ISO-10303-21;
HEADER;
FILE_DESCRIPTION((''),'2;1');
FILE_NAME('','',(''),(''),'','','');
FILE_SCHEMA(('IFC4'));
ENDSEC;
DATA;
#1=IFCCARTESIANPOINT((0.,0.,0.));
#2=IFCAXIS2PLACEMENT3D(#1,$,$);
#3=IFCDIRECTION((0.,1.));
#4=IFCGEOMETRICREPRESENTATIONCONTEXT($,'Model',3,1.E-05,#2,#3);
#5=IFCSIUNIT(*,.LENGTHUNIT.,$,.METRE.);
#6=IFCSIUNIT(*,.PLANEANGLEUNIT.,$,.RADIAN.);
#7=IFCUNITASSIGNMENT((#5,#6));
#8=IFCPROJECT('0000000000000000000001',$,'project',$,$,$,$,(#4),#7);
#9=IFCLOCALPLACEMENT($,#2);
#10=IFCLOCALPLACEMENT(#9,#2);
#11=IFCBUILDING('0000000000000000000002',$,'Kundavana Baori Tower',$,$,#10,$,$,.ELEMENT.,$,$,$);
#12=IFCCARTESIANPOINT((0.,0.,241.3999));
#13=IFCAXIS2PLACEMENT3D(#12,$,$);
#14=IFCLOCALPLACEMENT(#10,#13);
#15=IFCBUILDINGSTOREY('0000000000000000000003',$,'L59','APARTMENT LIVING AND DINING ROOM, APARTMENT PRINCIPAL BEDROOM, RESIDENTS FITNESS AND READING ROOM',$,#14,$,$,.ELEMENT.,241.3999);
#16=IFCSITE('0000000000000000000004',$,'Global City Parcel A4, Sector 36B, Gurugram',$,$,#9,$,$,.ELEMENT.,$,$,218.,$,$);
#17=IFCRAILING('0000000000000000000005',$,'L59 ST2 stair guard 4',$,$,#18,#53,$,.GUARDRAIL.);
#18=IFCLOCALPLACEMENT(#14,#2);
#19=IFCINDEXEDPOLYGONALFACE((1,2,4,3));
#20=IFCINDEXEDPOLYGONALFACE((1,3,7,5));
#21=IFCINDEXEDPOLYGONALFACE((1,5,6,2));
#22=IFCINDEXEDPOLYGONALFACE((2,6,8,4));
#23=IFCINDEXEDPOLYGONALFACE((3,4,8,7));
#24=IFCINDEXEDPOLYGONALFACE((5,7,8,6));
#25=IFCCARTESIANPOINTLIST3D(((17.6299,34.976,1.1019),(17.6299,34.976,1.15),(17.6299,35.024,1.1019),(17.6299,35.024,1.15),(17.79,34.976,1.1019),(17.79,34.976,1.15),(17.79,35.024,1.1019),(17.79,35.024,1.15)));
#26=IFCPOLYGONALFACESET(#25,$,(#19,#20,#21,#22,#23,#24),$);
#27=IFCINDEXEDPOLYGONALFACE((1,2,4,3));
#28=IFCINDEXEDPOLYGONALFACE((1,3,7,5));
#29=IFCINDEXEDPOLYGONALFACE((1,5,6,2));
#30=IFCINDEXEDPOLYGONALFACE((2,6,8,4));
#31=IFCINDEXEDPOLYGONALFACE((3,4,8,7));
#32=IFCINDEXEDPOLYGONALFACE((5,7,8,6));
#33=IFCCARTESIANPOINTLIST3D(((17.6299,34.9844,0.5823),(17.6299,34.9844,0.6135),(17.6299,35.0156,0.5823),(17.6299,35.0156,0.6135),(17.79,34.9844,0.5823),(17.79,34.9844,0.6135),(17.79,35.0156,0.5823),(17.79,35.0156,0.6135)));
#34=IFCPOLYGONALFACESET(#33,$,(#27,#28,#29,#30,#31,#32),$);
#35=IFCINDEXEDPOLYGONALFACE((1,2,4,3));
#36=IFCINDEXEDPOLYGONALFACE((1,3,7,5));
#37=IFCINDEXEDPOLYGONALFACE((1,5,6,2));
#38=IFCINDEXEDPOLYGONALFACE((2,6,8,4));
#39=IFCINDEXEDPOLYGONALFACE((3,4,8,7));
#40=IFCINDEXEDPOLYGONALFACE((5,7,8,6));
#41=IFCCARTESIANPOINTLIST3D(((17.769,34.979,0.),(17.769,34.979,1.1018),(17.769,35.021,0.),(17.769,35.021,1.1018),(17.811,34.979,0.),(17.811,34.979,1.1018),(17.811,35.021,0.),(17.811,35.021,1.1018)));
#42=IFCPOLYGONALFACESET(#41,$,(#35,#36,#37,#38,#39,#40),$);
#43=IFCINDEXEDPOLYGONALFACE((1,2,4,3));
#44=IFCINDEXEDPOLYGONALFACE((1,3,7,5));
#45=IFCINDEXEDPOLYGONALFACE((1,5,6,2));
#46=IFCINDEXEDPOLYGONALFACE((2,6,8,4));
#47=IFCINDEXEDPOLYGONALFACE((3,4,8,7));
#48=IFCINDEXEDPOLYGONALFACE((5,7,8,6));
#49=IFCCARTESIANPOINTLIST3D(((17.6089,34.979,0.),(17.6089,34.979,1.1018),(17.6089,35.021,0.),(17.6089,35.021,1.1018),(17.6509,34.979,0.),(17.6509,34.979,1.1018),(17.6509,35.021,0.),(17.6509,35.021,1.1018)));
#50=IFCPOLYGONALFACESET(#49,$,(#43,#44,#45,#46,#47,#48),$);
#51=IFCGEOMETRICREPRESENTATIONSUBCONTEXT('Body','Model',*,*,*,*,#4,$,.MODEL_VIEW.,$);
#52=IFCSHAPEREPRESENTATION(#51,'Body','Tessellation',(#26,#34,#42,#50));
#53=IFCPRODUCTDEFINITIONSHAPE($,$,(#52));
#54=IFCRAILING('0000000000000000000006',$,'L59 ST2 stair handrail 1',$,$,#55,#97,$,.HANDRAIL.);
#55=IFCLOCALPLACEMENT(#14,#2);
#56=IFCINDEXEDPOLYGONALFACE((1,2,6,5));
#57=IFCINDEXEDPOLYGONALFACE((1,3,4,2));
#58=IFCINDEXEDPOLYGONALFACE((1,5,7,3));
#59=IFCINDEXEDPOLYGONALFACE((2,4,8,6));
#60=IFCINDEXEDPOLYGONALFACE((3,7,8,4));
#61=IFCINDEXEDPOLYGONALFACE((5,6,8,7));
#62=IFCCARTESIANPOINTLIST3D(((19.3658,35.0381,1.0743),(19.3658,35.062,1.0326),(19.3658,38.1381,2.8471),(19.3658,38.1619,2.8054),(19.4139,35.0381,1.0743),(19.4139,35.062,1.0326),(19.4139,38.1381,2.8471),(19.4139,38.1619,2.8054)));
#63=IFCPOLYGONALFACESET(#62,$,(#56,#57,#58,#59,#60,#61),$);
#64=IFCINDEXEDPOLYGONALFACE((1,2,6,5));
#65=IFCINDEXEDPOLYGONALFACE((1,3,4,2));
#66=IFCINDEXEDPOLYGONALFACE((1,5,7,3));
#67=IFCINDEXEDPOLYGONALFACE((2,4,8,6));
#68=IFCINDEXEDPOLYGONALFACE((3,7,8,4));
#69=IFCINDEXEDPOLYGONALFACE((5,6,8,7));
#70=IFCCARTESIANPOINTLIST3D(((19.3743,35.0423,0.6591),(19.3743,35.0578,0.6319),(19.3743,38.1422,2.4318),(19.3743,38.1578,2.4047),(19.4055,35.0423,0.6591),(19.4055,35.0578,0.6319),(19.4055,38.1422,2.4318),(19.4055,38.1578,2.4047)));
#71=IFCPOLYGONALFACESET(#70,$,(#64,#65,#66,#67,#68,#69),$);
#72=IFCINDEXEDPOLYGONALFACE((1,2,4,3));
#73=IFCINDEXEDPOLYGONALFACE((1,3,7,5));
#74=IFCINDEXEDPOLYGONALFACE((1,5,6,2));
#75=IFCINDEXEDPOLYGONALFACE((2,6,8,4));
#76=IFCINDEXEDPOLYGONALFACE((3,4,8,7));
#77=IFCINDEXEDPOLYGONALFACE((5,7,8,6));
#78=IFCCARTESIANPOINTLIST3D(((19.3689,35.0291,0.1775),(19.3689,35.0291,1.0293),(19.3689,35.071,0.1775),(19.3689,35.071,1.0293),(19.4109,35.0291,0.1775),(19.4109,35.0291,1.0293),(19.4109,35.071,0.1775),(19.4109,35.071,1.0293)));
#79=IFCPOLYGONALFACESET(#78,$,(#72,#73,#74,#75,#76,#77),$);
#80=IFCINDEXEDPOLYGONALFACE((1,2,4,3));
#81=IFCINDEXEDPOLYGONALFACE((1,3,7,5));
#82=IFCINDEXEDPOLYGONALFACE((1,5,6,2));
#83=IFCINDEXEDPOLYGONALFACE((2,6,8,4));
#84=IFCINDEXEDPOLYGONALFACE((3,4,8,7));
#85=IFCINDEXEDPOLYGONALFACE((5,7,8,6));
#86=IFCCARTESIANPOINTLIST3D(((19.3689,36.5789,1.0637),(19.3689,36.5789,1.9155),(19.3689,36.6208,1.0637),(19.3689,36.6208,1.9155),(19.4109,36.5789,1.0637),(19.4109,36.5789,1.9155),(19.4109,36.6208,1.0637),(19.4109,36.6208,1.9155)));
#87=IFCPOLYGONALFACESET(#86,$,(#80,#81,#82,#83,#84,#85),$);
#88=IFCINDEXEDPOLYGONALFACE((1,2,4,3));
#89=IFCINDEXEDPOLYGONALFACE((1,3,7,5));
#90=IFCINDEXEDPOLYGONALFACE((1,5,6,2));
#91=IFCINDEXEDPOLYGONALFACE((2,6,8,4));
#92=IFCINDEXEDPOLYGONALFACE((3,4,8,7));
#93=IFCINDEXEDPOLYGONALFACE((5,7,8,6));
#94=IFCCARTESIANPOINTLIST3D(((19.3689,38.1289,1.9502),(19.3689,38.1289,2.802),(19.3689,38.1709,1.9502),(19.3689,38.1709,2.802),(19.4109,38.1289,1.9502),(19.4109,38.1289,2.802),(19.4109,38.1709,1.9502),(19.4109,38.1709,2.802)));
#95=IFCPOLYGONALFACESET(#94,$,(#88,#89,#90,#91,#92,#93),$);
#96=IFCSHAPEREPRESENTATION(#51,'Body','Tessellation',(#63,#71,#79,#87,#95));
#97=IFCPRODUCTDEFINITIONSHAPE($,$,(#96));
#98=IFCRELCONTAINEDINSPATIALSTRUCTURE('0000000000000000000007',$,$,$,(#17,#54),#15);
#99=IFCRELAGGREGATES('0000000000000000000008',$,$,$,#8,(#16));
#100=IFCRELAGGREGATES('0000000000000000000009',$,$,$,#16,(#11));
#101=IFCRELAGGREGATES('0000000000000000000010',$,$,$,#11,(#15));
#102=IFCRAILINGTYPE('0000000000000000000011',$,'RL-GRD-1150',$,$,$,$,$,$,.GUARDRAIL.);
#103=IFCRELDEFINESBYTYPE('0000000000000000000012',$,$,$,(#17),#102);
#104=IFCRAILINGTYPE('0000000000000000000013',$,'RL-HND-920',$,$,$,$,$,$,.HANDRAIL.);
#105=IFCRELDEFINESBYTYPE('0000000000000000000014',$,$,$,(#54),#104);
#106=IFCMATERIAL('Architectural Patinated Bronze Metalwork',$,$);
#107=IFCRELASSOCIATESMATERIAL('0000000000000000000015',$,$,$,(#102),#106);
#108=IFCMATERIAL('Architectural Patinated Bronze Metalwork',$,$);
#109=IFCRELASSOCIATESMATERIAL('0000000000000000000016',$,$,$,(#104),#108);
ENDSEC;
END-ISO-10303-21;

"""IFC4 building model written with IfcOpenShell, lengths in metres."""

from ifc_helpers import new_model, si_unit, direction, frame, origin, origin_2d, place, context, subcontext, project, spatial, rectangle, extrude, material, type_object, element, save


model = new_model("IFC4")

# Units and contexts
model_context = context("Model", 3, precision=1e-05, world=origin(), true_north=direction((0.0, 1.0)))
body_context = subcontext(model_context, "Body", "Model", "MODEL_VIEW")
ifc_project = project(units=[si_unit("LENGTHUNIT", "METRE"), si_unit("PLANEANGLEUNIT", "RADIAN")], contexts=[model_context])

# Site, building, storey
site_placement = place(None, origin())
site = spatial("IfcSite", under=ifc_project, at=site_placement, Name="Global City Parcel A4, Sector 36B, Gurugram", CompositionType="ELEMENT", RefElevation=218.0)
building_placement = place(site_placement, origin())
building = spatial("IfcBuilding", under=site, at=building_placement, Name="Kundavana Baori Tower", CompositionType="ELEMENT")
storey_placement = place(building_placement, frame((0.0, 0.0, 241.3999)))
storey = spatial("IfcBuildingStorey", under=building, at=storey_placement, Name="L59", Description="APARTMENT LIVING AND DINING ROOM, APARTMENT PRINCIPAL BEDROOM, RESIDENTS FITNESS AND READING ROOM", CompositionType="ELEMENT", Elevation=241.3999)

# Railings
ifc_material_1 = material(Name="Architectural Patinated Bronze Metalwork")
railing_type_1 = type_object("IfcRailingType", Name="RL-GRD-1150", PredefinedType="GUARDRAIL", material=ifc_material_1)
railing_1_placement = place(storey_placement, frame((17.79, 35.0, 0.0)))
element("IfcRailing", 1, at=railing_1_placement, inside=storey, type_object=railing_type_1, Name="L59 ST2 stair guard 4", PredefinedType="GUARDRAIL", context=body_context, shape_type="SweptSolid", body=[
    extrude(rectangle(XDim=0.0481, YDim=0.0481, at=origin_2d()), frame((0.0, 0.0, 1.126), z_axis=(-1.0, 0.0, 0.0), x_axis=(0.0, -1.0, 0.0)), (0.0, 0.0, 1.0), 0.1602),
    extrude(rectangle(XDim=0.0312, YDim=0.0312, at=origin_2d()), frame((0.0, 0.0, 0.5979), z_axis=(-1.0, 0.0, 0.0), x_axis=(0.0, -1.0, 0.0)), (0.0, 0.0, 1.0), 0.1602),
    extrude(rectangle(XDim=0.042, YDim=0.042, at=origin_2d()), origin(), (0.0, 0.0, 1.0), 1.1018),
    extrude(rectangle(XDim=0.042, YDim=0.042, at=origin_2d()), frame((-0.1602, 0.0, 0.0)), (0.0, 0.0, 1.0), 1.1018),
])
ifc_material_2 = material(Name="Architectural Patinated Bronze Metalwork")
railing_type_2 = type_object("IfcRailingType", Name="RL-HND-920", PredefinedType="HANDRAIL", material=ifc_material_2)
railing_2_placement = place(storey_placement, frame((19.3899, 35.05, 0.1775)))
element("IfcRailing", 2, at=railing_2_placement, inside=storey, type_object=railing_type_2, Name="L59 ST2 stair handrail 1", PredefinedType="HANDRAIL", context=body_context, shape_type="SweptSolid", body=[
    extrude(rectangle(XDim=0.0481, YDim=0.0481, at=origin_2d()), frame((0.0, 0.0, 0.876), z_axis=(0.0, 0.868079, 0.496426), x_axis=(-1.0, 0.0, 0.0)), (0.0, 0.0, 1.0), 3.571),
    extrude(rectangle(XDim=0.0312, YDim=0.0312, at=origin_2d()), frame((0.0, 0.0, 0.468), z_axis=(0.0, 0.868079, 0.496426), x_axis=(-1.0, 0.0, 0.0)), (0.0, 0.0, 1.0), 3.571),
    extrude(rectangle(XDim=0.042, YDim=0.042, at=origin_2d()), origin(), (0.0, 0.0, 1.0), 0.8518),
    extrude(rectangle(XDim=0.042, YDim=0.042, at=origin_2d()), frame((0.0, 1.5498, 0.8862)), (0.0, 0.0, 1.0), 0.8518),
    extrude(rectangle(XDim=0.042, YDim=0.042, at=origin_2d()), frame((0.0, 3.0999, 1.7727)), (0.0, 0.0, 1.0), 0.8518),
])

save(model, "model.ifc")
